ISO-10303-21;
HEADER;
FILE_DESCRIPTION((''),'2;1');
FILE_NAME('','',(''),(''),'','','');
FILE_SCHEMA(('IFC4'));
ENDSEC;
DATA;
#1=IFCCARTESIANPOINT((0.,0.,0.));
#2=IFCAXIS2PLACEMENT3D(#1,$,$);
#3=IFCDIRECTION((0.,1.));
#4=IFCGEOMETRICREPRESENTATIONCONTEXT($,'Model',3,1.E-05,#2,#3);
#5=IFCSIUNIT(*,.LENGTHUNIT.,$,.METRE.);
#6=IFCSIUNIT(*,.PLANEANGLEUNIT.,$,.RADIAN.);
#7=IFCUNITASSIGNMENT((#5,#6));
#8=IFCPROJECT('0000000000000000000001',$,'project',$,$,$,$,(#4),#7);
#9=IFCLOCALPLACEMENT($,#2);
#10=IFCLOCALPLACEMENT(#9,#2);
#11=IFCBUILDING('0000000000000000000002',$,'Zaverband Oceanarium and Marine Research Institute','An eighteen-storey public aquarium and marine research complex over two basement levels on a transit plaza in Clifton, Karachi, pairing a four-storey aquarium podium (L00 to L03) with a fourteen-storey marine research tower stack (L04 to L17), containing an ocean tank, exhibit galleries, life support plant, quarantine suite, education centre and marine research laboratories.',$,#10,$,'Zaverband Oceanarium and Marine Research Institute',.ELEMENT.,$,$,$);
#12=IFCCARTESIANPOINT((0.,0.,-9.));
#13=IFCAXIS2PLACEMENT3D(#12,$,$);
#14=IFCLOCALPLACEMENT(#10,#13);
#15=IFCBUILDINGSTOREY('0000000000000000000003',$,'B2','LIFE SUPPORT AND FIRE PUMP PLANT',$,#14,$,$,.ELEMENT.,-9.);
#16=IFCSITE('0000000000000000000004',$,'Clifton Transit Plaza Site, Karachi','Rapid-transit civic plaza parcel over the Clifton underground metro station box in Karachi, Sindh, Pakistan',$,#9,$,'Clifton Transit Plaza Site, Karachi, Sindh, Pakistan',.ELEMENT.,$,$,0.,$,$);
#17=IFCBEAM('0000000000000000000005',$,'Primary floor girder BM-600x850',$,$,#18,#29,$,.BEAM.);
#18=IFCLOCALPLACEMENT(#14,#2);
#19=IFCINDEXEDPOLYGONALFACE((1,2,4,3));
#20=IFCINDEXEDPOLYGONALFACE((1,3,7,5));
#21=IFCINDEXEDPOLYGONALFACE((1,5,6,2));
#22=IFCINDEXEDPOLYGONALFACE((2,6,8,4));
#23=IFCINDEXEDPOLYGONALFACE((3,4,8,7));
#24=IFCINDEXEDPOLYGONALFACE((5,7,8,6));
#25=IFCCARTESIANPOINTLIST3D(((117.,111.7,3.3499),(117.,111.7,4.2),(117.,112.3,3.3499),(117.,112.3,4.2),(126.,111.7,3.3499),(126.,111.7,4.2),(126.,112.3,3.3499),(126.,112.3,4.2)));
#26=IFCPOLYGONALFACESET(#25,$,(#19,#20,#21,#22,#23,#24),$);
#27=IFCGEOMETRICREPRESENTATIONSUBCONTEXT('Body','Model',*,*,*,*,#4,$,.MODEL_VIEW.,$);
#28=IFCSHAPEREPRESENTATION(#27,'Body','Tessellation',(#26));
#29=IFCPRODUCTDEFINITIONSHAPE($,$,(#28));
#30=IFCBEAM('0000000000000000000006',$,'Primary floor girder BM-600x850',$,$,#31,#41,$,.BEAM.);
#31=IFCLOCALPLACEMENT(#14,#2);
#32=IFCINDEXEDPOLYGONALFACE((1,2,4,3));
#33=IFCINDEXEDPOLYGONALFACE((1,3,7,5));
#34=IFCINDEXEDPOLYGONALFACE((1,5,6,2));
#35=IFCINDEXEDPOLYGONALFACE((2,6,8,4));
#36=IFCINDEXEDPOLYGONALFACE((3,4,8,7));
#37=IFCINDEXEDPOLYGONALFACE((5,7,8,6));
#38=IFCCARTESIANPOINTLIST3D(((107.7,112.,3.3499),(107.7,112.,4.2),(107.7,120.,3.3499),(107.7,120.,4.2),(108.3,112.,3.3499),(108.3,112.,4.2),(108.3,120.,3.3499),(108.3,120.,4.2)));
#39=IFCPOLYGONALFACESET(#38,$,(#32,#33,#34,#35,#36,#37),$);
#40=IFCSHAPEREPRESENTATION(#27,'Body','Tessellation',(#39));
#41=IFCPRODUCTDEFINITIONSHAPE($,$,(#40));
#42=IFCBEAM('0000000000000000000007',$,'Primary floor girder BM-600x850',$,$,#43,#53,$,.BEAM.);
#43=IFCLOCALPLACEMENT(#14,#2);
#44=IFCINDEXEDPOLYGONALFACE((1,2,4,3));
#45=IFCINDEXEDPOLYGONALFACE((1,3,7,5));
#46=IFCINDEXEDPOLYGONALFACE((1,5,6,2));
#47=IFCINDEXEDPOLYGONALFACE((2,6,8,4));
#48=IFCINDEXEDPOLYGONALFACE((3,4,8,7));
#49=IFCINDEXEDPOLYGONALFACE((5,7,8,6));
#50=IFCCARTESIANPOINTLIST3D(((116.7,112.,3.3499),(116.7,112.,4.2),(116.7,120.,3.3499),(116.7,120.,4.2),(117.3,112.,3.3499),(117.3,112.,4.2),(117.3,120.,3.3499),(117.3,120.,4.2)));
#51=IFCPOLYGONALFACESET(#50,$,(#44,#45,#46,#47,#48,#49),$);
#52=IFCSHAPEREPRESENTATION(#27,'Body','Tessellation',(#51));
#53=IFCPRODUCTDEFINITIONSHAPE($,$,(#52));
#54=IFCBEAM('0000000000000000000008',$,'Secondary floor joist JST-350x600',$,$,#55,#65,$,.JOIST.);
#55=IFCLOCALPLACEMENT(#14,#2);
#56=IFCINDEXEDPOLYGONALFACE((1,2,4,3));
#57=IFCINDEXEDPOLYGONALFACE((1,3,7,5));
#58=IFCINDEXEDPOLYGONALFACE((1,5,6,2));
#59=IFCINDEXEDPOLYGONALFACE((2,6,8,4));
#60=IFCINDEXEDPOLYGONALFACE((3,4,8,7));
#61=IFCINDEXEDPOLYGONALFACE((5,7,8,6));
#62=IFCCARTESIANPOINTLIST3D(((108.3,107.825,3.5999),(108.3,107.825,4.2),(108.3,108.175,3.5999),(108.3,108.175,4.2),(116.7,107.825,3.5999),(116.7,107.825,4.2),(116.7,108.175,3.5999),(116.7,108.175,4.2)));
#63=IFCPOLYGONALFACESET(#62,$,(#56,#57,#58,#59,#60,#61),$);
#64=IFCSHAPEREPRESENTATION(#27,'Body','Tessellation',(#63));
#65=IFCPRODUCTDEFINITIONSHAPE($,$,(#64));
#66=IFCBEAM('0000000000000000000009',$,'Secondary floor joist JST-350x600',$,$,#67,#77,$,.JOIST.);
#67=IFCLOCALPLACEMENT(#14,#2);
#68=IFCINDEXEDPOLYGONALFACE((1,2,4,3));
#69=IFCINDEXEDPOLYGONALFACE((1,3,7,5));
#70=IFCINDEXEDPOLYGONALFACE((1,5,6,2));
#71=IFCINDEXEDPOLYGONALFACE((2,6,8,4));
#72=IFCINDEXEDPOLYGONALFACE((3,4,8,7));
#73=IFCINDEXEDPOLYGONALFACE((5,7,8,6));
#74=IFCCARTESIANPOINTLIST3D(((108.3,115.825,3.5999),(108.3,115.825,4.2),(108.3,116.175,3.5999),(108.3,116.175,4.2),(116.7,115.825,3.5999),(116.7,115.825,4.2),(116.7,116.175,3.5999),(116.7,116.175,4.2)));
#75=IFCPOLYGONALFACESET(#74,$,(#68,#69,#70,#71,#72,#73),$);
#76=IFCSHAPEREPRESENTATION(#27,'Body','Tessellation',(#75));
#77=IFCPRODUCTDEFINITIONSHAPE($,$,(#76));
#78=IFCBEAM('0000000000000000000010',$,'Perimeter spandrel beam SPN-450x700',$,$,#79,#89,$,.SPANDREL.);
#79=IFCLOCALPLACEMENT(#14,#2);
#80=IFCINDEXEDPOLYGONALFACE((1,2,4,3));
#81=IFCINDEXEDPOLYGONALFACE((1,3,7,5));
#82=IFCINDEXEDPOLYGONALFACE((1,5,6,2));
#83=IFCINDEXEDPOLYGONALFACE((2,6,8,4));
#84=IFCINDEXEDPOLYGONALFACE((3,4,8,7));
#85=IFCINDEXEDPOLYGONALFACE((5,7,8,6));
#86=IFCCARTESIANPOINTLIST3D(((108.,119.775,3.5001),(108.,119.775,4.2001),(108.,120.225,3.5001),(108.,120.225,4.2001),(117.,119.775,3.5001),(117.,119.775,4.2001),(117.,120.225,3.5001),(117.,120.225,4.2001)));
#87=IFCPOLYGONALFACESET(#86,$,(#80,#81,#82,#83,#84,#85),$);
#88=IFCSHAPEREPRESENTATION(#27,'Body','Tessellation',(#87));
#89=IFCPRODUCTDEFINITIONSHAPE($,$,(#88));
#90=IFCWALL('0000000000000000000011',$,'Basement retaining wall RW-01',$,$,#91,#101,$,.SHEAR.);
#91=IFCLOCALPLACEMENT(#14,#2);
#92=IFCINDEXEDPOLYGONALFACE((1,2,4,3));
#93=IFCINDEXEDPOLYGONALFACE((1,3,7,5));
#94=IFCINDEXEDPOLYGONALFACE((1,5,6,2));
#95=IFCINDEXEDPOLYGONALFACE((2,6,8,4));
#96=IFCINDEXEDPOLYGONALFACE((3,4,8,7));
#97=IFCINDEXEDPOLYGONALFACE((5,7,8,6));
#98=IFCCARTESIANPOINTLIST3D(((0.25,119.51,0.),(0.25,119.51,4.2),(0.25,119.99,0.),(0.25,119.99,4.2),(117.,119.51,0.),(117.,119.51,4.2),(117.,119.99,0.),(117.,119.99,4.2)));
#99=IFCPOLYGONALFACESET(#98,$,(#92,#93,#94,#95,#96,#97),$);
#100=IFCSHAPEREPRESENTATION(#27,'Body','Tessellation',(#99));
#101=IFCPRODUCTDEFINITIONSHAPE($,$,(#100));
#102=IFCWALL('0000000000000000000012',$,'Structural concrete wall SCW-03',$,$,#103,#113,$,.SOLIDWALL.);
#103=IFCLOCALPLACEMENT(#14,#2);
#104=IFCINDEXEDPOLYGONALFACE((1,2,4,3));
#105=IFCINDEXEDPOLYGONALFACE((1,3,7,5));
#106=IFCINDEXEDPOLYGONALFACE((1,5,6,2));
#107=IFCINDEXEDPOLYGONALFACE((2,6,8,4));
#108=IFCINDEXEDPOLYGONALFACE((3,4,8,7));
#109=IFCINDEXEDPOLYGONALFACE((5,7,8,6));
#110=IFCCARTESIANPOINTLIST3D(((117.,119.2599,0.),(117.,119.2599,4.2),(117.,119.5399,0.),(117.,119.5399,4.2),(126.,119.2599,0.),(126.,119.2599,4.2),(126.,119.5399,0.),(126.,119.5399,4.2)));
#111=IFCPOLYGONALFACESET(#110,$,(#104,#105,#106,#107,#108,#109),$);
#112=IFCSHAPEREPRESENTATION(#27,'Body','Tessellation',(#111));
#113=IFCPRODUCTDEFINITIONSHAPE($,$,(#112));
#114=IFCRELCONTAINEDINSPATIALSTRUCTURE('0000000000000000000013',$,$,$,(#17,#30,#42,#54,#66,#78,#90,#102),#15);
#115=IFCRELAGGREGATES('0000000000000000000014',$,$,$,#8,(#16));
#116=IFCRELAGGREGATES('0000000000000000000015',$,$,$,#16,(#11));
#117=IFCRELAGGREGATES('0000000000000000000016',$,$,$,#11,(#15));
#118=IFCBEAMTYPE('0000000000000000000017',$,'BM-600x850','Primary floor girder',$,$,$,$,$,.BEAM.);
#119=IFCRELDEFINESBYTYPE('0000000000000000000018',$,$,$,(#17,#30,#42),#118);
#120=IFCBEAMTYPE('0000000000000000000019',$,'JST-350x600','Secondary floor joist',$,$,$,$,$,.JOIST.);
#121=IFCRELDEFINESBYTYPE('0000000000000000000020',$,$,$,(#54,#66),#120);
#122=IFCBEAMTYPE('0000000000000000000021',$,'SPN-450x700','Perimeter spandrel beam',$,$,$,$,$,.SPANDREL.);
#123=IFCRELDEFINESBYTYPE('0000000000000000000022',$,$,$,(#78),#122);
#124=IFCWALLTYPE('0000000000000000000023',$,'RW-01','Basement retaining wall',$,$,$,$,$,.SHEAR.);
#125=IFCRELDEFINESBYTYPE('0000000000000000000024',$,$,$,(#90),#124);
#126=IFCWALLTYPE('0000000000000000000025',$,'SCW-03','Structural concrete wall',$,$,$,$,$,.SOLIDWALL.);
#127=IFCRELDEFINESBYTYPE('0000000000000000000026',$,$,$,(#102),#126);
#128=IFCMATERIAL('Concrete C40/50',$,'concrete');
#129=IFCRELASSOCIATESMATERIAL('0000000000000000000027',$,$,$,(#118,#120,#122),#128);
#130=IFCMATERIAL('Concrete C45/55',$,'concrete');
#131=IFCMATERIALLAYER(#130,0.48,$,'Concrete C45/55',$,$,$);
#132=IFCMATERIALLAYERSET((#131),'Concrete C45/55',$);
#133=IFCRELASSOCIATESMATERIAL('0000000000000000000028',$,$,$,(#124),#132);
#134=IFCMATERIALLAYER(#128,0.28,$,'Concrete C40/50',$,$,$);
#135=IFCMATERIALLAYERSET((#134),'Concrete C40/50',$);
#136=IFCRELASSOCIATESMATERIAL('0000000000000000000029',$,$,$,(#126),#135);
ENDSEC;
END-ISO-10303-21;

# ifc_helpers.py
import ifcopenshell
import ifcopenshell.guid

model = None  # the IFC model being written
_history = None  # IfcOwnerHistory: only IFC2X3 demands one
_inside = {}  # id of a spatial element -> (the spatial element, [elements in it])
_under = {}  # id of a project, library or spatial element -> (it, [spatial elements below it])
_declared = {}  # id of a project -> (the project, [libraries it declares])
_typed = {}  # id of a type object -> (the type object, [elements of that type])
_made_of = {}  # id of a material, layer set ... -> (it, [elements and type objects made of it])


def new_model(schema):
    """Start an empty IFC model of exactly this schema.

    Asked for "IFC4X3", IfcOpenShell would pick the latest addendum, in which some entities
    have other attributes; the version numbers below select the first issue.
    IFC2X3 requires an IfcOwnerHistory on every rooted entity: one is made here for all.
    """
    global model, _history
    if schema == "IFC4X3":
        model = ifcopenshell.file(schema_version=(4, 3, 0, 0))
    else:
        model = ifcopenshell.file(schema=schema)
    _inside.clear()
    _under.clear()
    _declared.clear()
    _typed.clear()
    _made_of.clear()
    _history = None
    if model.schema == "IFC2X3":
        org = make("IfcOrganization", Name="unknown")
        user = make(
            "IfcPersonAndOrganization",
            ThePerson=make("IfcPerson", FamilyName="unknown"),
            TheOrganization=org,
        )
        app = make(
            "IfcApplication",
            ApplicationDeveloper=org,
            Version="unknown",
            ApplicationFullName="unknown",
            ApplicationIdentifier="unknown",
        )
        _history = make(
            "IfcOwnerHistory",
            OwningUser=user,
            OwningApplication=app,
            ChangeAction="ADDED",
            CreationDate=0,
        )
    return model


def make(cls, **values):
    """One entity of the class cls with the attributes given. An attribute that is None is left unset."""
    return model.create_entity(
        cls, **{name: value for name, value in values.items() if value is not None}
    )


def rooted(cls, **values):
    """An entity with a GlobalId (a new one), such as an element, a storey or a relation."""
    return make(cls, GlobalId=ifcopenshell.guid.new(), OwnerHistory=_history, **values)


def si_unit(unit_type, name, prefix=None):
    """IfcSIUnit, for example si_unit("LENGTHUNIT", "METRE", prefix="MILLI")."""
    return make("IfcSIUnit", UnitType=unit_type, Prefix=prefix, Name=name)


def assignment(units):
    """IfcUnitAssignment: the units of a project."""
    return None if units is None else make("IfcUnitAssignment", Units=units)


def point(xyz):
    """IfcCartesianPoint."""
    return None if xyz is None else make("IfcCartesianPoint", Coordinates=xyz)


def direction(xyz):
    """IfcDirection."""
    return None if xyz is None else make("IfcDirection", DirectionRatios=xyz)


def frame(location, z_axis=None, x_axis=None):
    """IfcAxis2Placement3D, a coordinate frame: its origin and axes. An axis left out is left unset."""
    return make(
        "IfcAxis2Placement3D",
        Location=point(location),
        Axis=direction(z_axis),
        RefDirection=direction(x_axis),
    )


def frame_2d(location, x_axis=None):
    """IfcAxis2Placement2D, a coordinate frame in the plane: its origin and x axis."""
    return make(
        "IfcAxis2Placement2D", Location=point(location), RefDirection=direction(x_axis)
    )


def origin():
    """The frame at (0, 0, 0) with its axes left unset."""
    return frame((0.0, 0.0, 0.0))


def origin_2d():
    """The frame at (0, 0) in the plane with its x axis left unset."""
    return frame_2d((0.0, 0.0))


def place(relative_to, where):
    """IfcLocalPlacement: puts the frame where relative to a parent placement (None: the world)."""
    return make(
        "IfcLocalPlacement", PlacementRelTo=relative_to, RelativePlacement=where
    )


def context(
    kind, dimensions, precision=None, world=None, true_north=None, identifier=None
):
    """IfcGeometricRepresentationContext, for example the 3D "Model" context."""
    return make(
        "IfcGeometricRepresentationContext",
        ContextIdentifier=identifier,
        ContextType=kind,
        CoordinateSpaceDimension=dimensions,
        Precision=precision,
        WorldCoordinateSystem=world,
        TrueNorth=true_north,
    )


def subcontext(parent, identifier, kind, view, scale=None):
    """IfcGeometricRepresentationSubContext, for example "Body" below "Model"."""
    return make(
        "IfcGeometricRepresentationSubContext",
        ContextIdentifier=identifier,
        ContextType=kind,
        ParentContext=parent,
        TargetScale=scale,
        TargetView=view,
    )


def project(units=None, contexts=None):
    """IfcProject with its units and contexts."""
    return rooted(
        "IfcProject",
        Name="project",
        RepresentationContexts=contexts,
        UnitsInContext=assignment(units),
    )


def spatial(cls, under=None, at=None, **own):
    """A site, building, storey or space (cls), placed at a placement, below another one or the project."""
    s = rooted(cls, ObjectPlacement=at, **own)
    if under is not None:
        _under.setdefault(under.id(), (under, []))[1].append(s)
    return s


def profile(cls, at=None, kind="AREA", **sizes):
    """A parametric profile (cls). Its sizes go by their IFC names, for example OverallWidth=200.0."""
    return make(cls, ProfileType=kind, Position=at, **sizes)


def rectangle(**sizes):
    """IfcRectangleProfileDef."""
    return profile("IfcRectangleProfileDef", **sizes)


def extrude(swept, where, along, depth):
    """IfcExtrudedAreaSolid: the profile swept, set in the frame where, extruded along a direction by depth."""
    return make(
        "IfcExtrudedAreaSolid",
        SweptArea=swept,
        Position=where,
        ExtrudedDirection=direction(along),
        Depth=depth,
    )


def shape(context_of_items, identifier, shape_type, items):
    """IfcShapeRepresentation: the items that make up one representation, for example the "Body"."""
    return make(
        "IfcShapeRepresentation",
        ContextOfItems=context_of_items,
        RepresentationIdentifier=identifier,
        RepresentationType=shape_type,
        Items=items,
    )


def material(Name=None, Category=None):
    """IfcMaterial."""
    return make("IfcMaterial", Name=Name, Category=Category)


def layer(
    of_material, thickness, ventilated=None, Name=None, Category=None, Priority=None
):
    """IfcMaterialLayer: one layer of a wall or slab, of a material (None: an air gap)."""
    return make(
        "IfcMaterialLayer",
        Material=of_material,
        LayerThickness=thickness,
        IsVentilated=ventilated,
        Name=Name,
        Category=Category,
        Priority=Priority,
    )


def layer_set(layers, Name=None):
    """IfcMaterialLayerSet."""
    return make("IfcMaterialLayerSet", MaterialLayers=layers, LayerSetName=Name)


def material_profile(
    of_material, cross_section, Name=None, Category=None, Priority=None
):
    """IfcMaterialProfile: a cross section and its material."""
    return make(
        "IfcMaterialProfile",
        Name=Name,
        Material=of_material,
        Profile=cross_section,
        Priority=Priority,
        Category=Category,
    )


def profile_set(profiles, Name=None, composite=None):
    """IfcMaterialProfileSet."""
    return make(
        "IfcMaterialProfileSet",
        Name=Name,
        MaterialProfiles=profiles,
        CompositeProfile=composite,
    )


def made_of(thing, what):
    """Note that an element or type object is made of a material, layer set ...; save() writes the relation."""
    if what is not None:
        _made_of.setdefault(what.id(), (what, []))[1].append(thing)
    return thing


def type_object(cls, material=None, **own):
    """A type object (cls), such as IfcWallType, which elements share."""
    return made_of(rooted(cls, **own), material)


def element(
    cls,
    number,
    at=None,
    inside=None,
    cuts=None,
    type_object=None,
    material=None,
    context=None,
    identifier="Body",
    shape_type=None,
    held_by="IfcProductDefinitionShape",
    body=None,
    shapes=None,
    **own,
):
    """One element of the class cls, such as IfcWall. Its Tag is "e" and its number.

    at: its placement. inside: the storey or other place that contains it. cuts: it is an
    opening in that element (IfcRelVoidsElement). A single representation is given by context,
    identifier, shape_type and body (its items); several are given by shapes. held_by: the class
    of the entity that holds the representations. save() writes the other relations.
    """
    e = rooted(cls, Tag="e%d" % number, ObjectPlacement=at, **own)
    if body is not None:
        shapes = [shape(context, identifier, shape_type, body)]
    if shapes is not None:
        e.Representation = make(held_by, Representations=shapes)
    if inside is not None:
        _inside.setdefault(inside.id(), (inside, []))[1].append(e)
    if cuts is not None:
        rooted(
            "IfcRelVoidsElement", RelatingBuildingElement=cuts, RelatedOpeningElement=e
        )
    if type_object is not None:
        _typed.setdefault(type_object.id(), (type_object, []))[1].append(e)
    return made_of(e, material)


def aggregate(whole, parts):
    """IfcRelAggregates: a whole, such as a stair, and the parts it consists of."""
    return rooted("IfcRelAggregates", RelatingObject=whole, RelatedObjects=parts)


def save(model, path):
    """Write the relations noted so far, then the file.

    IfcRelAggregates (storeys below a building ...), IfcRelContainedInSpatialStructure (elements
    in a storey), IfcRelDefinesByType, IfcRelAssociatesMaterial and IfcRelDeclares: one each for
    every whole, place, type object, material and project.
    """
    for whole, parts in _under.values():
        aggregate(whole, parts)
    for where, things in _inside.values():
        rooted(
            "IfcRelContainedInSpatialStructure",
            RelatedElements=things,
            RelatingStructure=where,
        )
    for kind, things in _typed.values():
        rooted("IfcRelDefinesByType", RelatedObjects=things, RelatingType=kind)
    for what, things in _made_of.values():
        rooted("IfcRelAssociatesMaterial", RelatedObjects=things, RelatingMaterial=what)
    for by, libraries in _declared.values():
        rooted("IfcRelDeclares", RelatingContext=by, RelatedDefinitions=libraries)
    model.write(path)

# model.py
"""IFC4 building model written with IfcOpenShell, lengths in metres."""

from ifc_helpers import new_model, si_unit, direction, frame, frame_2d, origin, origin_2d, place, context, subcontext, project, spatial, rectangle, extrude, material, layer, layer_set, material_profile, profile_set, type_object, element, save


model = new_model("IFC4")

# Units and contexts
model_context = context("Model", 3, precision=1e-05, world=origin(), true_north=direction((0.0, 1.0)))
body_context = subcontext(model_context, "Body", "Model", "MODEL_VIEW")
ifc_project = project(units=[si_unit("LENGTHUNIT", "METRE"), si_unit("PLANEANGLEUNIT", "RADIAN")], contexts=[model_context])

# Site, building, storey
site_placement = place(None, origin())
site = spatial("IfcSite", under=ifc_project, at=site_placement, Name="Clifton Transit Plaza Site, Karachi", Description="Rapid-transit civic plaza parcel over the Clifton underground metro station box in Karachi, Sindh, Pakistan", LongName="Clifton Transit Plaza Site, Karachi, Sindh, Pakistan", CompositionType="ELEMENT", RefElevation=0.0)
building_placement = place(site_placement, origin())
building = spatial("IfcBuilding", under=site, at=building_placement, Name="Zaverband Oceanarium and Marine Research Institute", Description="An eighteen-storey public aquarium and marine research complex over two basement levels on a transit plaza in Clifton, Karachi, pairing a four-storey aquarium podium (L00 to L03) with a fourteen-storey marine research tower stack (L04 to L17), containing an ocean tank, exhibit galleries, life support plant, quarantine suite, education centre and marine research laboratories.", LongName="Zaverband Oceanarium and Marine Research Institute", CompositionType="ELEMENT")
storey_placement = place(building_placement, frame((0.0, 0.0, -9.0)))
storey = spatial("IfcBuildingStorey", under=building, at=storey_placement, Name="B2", Description="LIFE SUPPORT AND FIRE PUMP PLANT", CompositionType="ELEMENT", Elevation=-9.0)

# Beams
ifc_material_1 = material(Name="Concrete C40/50", Category="concrete")
ifc_material_profile_1 = material_profile(ifc_material_1, rectangle(XDim=0.6001, YDim=0.8501, at=origin_2d()), Name="RC600x850")
ifc_profile_set_1 = profile_set([ifc_material_profile_1], Name="Concrete C40/50")
beam_type_1 = type_object("IfcBeamType", Name="BM-600x850", Description="Primary floor girder", PredefinedType="BEAM", material=ifc_profile_set_1)
for number, where, z_axis, x_axis, name in (
    (1, (117.0, 112.0, 3.7749), (1.0, 0.0, 0.0), (0.0, 1.0, 0.0), "Primary floor girder BM-600x850"),
):
    element("IfcBeam", number, at=place(storey_placement, frame(where, z_axis=z_axis, x_axis=x_axis)), inside=storey, type_object=beam_type_1, Name=name, PredefinedType="BEAM", context=body_context, shape_type="SweptSolid", body=[
        extrude(rectangle(XDim=0.6001, YDim=0.8501, at=origin_2d()), origin(), (0.0, 0.0, 1.0), 9.0),
    ])
for number, where, z_axis, x_axis, name in (
    (2, (108.0, 112.0, 3.7749), (0.0, 1.0, 0.0), (-1.0, 0.0, 0.0), "Primary floor girder BM-600x850"),
    (3, (117.0, 112.0, 3.7749), (0.0, 1.0, 0.0), (-1.0, 0.0, 0.0), "Primary floor girder BM-600x850"),
):
    element("IfcBeam", number, at=place(storey_placement, frame(where, z_axis=z_axis, x_axis=x_axis)), inside=storey, type_object=beam_type_1, Name=name, PredefinedType="BEAM", context=body_context, shape_type="SweptSolid", body=[
        extrude(rectangle(XDim=0.6001, YDim=0.8501, at=origin_2d()), origin(), (0.0, 0.0, 1.0), 8.0),
    ])
ifc_material_profile_2 = material_profile(ifc_material_1, rectangle(XDim=0.3501, YDim=0.6001, at=origin_2d()), Name="RC350x600")
ifc_profile_set_2 = profile_set([ifc_material_profile_2], Name="Concrete C40/50")
beam_type_2 = type_object("IfcBeamType", Name="JST-350x600", Description="Secondary floor joist", PredefinedType="JOIST", material=ifc_profile_set_2)
for number, where, z_axis, x_axis, name in (
    (4, (108.3, 108.0, 3.8999), (1.0, 0.0, 0.0), (0.0, 1.0, 0.0), "Secondary floor joist JST-350x600"),
    (5, (108.3, 116.0, 3.8999), (1.0, 0.0, 0.0), (0.0, 1.0, 0.0), "Secondary floor joist JST-350x600"),
):
    element("IfcBeam", number, at=place(storey_placement, frame(where, z_axis=z_axis, x_axis=x_axis)), inside=storey, type_object=beam_type_2, Name=name, PredefinedType="JOIST", context=body_context, shape_type="SweptSolid", body=[
        extrude(rectangle(XDim=0.3501, YDim=0.6001, at=origin_2d()), origin(), (0.0, 0.0, 1.0), 8.3999),
    ])
ifc_material_profile_3 = material_profile(ifc_material_1, rectangle(XDim=0.45, YDim=0.7, at=origin_2d()), Name="RC450x700")
ifc_profile_set_3 = profile_set([ifc_material_profile_3], Name="Concrete C40/50")
beam_type_3 = type_object("IfcBeamType", Name="SPN-450x700", Description="Perimeter spandrel beam", PredefinedType="SPANDREL", material=ifc_profile_set_3)
beam_placement = place(storey_placement, frame((108.0, 120.0, 3.8501), z_axis=(1.0, 0.0, 0.0), x_axis=(0.0, 1.0, 0.0)))
element("IfcBeam", 6, at=beam_placement, inside=storey, type_object=beam_type_3, Name="Perimeter spandrel beam SPN-450x700", PredefinedType="SPANDREL", context=body_context, shape_type="SweptSolid", body=[
    extrude(rectangle(XDim=0.45, YDim=0.7, at=origin_2d()), origin(), (0.0, 0.0, 1.0), 9.0),
])

# Walls
ifc_material_2 = material(Name="Concrete C45/55", Category="concrete")
ifc_layer_1 = layer(ifc_material_2, 0.48, Name="Concrete C45/55")
ifc_layer_set_1 = layer_set([ifc_layer_1], Name="Concrete C45/55")
wall_type_1 = type_object("IfcWallType", Name="RW-01", Description="Basement retaining wall", PredefinedType="SHEAR", material=ifc_layer_set_1)
wall_1_placement = place(storey_placement, frame((117.0, 119.75, 0.0), z_axis=(0.0, 0.0, 1.0), x_axis=(-1.0, 0.0, 0.0)))
element("IfcWall", 7, at=wall_1_placement, inside=storey, type_object=wall_type_1, Name="Basement retaining wall RW-01", PredefinedType="SHEAR", context=body_context, shape_type="SweptSolid", body=[
    extrude(rectangle(XDim=116.75, YDim=0.48, at=frame_2d((58.375, 0.0))), origin(), (0.0, 0.0, 1.0), 4.2),
])
ifc_layer_2 = layer(ifc_material_1, 0.28, Name="Concrete C40/50")
ifc_layer_set_2 = layer_set([ifc_layer_2], Name="Concrete C40/50")
wall_type_2 = type_object("IfcWallType", Name="SCW-03", Description="Structural concrete wall", PredefinedType="SOLIDWALL", material=ifc_layer_set_2)
wall_2_placement = place(storey_placement, frame((117.0, 119.3999, 0.0), z_axis=(0.0, 0.0, 1.0), x_axis=(1.0, 0.0, 0.0)))
element("IfcWall", 8, at=wall_2_placement, inside=storey, type_object=wall_type_2, Name="Structural concrete wall SCW-03", PredefinedType="SOLIDWALL", context=body_context, shape_type="SweptSolid", body=[
    extrude(rectangle(XDim=9.0, YDim=0.28, at=frame_2d((4.5, 0.0))), origin(), (0.0, 0.0, 1.0), 4.2),
])

save(model, "model.ifc")
